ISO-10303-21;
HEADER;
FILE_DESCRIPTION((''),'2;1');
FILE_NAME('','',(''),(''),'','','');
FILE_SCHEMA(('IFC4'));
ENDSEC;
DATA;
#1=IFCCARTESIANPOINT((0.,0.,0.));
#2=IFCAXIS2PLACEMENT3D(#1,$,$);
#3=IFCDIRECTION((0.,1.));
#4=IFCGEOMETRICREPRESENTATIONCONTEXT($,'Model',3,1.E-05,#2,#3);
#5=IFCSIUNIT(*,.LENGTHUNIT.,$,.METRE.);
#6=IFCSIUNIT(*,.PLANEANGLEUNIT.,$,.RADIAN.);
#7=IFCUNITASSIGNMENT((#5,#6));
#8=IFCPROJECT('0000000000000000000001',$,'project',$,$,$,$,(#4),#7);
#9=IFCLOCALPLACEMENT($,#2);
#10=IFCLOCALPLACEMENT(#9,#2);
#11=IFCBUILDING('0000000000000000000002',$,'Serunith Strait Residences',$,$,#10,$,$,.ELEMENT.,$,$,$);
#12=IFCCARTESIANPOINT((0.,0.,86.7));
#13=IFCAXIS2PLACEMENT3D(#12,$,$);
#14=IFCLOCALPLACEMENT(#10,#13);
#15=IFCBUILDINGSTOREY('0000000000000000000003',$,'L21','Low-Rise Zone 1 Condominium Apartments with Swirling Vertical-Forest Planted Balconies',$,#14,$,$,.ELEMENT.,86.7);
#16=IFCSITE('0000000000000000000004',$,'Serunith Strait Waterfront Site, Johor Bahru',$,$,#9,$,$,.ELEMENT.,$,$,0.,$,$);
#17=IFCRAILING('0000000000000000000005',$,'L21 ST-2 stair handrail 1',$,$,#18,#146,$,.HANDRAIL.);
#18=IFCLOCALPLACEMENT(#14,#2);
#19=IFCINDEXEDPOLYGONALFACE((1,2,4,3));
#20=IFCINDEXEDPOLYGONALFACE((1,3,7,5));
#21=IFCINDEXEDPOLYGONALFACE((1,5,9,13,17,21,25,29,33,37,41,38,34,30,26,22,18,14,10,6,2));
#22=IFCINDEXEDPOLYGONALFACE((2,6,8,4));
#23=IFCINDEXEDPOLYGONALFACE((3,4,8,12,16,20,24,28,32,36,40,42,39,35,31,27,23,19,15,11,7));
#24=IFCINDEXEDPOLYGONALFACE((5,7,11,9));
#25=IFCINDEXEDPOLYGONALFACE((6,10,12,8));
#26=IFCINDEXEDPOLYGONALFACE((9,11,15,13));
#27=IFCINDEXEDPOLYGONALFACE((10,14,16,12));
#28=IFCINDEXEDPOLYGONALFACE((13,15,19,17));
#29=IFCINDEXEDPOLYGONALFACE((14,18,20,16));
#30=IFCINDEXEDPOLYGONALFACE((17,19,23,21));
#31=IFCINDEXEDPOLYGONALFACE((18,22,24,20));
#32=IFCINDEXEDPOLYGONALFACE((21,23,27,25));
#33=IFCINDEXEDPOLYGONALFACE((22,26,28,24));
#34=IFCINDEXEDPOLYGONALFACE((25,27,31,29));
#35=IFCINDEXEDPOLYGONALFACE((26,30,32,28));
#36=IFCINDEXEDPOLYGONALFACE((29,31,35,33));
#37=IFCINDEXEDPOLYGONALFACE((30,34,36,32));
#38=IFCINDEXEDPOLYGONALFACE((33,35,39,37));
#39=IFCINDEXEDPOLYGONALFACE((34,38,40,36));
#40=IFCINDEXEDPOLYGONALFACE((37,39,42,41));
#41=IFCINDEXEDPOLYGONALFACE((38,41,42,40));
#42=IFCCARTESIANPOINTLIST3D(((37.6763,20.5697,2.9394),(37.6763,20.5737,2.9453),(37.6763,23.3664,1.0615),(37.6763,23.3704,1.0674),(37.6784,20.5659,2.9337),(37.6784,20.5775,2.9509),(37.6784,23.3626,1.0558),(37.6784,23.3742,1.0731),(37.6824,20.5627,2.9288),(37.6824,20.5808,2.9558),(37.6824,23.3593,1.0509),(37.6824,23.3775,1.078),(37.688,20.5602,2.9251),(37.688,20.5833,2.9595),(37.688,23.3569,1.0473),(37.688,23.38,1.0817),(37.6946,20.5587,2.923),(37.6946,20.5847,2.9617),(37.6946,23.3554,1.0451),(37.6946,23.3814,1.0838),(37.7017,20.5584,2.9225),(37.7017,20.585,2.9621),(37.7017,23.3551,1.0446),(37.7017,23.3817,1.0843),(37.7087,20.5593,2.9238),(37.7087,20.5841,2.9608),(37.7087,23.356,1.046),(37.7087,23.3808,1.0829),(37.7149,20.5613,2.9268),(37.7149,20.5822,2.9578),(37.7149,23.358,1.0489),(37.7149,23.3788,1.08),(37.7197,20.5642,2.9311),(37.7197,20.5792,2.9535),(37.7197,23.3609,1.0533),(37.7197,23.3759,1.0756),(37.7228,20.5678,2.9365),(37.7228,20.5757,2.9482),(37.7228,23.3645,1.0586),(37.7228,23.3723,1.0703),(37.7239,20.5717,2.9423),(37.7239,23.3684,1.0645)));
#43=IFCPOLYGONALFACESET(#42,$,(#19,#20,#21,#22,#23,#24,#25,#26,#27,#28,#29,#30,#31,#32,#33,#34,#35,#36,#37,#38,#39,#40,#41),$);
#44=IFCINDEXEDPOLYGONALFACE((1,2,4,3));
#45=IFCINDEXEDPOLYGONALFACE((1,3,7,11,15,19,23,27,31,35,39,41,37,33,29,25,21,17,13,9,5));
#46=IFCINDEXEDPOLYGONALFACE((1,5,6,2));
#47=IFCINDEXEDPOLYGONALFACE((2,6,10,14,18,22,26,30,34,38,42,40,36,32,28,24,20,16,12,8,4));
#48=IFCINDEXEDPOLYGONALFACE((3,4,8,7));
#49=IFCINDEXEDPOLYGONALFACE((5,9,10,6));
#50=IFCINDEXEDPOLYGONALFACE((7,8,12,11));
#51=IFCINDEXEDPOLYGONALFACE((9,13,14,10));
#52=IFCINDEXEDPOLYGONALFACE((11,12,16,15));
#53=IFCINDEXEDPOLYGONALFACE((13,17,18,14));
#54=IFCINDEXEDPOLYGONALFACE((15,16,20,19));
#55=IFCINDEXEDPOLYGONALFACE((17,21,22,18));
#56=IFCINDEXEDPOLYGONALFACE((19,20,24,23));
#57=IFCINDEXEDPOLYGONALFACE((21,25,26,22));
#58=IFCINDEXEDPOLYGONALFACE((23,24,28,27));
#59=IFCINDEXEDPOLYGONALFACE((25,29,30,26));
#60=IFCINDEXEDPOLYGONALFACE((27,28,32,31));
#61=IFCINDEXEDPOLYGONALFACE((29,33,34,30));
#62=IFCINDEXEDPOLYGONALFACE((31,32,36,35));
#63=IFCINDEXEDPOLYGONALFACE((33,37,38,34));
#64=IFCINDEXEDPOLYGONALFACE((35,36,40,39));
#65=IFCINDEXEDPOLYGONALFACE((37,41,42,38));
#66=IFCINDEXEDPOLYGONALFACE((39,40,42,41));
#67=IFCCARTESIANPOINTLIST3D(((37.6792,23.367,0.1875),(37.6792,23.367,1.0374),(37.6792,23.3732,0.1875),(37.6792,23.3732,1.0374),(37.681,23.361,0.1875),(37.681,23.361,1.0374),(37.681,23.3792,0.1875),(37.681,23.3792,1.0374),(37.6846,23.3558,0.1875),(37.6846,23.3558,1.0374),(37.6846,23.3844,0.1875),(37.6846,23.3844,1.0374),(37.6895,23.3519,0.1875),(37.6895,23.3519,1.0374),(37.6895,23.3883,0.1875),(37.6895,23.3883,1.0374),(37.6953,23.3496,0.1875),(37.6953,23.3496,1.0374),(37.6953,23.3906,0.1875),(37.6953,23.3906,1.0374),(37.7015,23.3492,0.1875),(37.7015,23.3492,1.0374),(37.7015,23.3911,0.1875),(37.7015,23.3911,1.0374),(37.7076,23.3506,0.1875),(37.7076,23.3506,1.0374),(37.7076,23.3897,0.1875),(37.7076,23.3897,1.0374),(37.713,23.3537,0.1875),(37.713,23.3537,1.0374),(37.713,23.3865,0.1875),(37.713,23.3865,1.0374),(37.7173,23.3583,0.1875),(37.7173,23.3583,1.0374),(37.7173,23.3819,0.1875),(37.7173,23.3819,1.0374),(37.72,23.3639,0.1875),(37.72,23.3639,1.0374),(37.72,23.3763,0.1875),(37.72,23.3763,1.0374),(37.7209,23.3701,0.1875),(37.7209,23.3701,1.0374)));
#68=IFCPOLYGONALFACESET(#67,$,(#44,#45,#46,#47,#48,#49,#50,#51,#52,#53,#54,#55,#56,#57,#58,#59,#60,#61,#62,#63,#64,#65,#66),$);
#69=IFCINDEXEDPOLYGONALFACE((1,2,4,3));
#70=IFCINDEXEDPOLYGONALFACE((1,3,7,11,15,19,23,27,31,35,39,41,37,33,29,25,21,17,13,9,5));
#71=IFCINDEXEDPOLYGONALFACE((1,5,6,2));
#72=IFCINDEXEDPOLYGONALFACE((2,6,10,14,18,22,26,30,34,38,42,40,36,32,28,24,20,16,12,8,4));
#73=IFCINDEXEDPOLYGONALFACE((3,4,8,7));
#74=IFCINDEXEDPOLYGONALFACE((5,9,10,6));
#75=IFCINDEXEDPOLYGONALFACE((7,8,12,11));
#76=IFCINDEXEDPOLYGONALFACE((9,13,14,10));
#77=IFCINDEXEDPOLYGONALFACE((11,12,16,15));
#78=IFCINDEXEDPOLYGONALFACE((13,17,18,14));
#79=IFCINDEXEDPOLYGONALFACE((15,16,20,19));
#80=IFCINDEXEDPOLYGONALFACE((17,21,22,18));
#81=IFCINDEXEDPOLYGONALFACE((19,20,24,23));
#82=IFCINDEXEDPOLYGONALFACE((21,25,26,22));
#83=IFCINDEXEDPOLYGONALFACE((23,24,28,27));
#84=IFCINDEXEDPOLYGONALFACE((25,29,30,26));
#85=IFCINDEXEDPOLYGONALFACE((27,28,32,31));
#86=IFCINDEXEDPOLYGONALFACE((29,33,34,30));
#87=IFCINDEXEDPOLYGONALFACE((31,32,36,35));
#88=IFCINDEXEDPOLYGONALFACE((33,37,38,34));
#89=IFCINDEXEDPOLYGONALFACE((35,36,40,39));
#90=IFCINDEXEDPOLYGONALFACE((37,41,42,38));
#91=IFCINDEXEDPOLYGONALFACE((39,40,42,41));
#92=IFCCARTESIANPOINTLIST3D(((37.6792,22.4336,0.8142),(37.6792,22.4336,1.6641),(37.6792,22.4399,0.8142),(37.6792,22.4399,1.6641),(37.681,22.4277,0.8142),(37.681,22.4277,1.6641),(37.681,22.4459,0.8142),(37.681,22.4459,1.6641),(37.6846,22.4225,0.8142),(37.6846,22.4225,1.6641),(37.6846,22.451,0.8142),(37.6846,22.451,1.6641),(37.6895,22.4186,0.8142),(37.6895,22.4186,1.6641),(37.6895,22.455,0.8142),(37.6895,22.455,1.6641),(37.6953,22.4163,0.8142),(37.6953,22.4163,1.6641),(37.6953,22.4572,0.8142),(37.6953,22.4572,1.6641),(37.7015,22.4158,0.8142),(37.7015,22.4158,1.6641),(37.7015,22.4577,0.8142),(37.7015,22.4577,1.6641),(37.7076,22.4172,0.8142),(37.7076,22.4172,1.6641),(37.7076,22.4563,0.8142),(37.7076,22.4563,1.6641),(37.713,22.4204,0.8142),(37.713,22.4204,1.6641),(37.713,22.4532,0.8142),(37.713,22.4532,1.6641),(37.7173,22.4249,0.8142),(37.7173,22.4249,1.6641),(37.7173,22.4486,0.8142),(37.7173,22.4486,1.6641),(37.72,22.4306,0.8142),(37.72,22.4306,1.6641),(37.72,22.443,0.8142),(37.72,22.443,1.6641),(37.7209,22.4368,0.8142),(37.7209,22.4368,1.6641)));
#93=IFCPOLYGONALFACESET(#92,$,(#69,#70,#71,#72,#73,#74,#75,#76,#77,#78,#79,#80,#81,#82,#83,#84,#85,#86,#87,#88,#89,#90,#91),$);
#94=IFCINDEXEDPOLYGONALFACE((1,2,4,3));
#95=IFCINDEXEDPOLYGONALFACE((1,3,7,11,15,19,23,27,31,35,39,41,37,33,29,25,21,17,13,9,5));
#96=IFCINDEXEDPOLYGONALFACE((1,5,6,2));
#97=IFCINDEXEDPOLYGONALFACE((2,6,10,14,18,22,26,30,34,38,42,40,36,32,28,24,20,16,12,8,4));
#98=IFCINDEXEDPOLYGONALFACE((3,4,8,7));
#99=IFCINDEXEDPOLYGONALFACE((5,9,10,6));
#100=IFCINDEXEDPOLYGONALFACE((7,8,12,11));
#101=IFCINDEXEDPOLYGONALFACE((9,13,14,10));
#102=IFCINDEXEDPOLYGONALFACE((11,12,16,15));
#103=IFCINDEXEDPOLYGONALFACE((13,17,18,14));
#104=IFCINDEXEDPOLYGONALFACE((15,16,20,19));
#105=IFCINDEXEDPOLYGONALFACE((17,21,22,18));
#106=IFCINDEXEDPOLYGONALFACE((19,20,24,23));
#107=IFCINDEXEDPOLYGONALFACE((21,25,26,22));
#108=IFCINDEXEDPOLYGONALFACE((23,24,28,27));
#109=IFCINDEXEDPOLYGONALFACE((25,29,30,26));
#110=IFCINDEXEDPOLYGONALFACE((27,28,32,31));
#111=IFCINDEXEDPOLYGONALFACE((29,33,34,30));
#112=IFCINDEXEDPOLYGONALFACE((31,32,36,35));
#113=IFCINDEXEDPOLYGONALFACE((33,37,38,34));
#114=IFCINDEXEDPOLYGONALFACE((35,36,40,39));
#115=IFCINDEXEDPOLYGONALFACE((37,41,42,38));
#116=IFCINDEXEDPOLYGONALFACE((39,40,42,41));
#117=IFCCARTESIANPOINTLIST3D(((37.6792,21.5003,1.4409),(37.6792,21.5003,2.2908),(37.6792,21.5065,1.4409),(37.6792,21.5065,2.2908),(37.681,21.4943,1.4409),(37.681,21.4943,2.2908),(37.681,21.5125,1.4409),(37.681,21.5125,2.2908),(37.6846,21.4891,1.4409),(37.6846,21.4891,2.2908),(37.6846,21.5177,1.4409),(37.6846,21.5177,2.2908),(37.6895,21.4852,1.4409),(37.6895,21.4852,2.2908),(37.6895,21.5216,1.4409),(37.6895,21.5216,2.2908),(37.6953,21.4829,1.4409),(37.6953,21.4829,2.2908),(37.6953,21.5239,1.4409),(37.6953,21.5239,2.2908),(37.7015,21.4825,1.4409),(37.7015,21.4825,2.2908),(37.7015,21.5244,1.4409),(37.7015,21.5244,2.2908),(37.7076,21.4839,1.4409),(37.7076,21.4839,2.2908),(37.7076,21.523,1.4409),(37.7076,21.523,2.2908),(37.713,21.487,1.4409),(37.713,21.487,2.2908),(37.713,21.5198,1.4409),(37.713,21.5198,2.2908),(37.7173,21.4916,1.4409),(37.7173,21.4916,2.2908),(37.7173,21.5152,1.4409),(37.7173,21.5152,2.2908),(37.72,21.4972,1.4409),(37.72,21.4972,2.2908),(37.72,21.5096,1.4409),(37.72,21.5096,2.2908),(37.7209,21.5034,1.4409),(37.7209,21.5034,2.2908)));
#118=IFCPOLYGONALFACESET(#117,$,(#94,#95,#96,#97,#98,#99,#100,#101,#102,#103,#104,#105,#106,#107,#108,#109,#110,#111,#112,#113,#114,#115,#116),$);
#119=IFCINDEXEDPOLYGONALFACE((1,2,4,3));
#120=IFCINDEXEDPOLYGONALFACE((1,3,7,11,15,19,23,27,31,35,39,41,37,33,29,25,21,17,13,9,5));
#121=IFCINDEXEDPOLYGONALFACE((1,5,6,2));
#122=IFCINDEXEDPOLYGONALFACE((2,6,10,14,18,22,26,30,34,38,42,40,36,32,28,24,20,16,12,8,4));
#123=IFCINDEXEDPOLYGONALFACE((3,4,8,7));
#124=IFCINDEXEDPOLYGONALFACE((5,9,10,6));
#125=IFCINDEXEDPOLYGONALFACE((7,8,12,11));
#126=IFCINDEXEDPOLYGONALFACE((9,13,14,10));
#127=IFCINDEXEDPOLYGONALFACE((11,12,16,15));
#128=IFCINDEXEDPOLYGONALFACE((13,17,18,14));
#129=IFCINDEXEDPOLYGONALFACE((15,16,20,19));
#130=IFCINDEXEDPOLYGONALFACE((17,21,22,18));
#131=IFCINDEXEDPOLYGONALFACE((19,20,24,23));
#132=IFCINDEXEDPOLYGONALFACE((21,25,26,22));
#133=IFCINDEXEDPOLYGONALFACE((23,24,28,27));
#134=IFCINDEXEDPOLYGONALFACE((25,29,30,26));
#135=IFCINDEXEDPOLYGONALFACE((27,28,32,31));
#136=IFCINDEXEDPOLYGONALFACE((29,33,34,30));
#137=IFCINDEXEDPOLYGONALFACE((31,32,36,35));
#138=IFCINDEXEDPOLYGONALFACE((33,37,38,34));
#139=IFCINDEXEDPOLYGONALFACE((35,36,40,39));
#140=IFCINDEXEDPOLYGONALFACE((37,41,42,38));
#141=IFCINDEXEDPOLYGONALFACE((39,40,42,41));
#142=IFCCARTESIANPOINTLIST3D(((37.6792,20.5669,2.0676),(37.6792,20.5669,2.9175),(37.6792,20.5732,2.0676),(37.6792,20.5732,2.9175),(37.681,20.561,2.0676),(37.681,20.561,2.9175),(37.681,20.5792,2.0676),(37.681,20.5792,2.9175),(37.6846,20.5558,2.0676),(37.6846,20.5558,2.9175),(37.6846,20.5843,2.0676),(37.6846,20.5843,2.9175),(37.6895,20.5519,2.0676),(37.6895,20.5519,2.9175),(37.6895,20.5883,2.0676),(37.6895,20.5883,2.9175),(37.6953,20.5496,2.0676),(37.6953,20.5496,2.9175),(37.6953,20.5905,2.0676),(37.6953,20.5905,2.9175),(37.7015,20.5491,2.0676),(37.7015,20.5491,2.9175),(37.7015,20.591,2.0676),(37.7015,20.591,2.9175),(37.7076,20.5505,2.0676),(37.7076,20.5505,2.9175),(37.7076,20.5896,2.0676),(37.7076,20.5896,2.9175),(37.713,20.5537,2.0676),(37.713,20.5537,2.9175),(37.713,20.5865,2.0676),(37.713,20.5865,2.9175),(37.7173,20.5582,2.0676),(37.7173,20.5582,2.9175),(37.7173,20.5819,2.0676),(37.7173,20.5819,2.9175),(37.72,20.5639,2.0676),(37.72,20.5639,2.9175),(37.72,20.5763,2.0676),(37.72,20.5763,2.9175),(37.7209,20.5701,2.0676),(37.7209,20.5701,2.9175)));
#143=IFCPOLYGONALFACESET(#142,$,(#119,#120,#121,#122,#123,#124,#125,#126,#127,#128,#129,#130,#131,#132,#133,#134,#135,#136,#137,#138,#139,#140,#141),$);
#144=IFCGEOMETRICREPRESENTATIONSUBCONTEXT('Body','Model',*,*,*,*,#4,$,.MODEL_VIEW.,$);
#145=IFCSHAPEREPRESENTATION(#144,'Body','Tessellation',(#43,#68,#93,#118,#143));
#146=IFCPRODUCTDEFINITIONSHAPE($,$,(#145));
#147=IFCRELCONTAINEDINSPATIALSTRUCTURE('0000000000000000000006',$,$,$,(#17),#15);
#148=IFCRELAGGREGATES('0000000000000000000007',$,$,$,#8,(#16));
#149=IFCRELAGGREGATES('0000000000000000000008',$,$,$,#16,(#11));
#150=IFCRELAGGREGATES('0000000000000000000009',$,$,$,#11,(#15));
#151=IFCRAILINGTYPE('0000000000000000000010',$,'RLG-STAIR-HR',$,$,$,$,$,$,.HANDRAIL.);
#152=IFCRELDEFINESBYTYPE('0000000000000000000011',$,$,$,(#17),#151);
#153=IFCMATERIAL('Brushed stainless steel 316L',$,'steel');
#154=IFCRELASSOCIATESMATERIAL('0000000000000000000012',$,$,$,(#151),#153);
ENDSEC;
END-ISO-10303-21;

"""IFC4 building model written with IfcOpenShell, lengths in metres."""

from ifc_helpers import new_model, si_unit, direction, frame, origin, origin_2d, place, context, subcontext, project, spatial, circle, extrude, material, type_object, element, save


model = new_model("IFC4")

# Units and contexts
model_context = context("Model", 3, precision=1e-05, world=origin(), true_north=direction((0.0, 1.0)))
body_context = subcontext(model_context, "Body", "Model", "MODEL_VIEW")
ifc_project = project(units=[si_unit("LENGTHUNIT", "METRE"), si_unit("PLANEANGLEUNIT", "RADIAN")], contexts=[model_context])

# Site, building, storey
site_placement = place(None, origin())
site = spatial("IfcSite", under=ifc_project, at=site_placement, Name="Serunith Strait Waterfront Site, Johor Bahru", CompositionType="ELEMENT", RefElevation=0.0)
building_placement = place(site_placement, origin())
building = spatial("IfcBuilding", under=site, at=building_placement, Name="Serunith Strait Residences", CompositionType="ELEMENT")
storey_placement = place(building_placement, frame((0.0, 0.0, 86.7)))
storey = spatial("IfcBuildingStorey", under=building, at=storey_placement, Name="L21", Description="Low-Rise Zone 1 Condominium Apartments with Swirling Vertical-Forest Planted Balconies", CompositionType="ELEMENT", Elevation=86.7)

# Railing
ifc_material_1 = material(Name="Brushed stainless steel 316L", Category="steel")
railing_type_1 = type_object("IfcRailingType", Name="RLG-STAIR-HR", PredefinedType="HANDRAIL", material=ifc_material_1)
railing_1_placement = place(storey_placement, frame((37.7, 23.3701, 0.1875)))
element("IfcRailing", 1, at=railing_1_placement, inside=storey, type_object=railing_type_1, Name="L21 ST-2 stair handrail 1", PredefinedType="HANDRAIL", context=body_context, shape_type="SweptSolid", body=[
    extrude(circle(Radius=0.0239, at=origin_2d()), frame((0.0, -0.0017, 0.877), z_axis=(0.0, -0.830208, 0.557453), x_axis=(1.0, 0.0, 0.0)), (0.0, 0.0, 1.0), 3.3687),
    extrude(circle(Radius=0.021, at=origin_2d()), origin(), (0.0, 0.0, 1.0), 0.8499),
    extrude(circle(Radius=0.021, at=origin_2d()), frame((0.0, -0.9333, 0.6267)), (0.0, 0.0, 1.0), 0.8499),
    extrude(circle(Radius=0.021, at=origin_2d()), frame((0.0, -1.8667, 1.2534)), (0.0, 0.0, 1.0), 0.8499),
    extrude(circle(Radius=0.021, at=origin_2d()), frame((0.0, -2.8, 1.8801)), (0.0, 0.0, 1.0), 0.8499),
])

save(model, "model.ifc")
